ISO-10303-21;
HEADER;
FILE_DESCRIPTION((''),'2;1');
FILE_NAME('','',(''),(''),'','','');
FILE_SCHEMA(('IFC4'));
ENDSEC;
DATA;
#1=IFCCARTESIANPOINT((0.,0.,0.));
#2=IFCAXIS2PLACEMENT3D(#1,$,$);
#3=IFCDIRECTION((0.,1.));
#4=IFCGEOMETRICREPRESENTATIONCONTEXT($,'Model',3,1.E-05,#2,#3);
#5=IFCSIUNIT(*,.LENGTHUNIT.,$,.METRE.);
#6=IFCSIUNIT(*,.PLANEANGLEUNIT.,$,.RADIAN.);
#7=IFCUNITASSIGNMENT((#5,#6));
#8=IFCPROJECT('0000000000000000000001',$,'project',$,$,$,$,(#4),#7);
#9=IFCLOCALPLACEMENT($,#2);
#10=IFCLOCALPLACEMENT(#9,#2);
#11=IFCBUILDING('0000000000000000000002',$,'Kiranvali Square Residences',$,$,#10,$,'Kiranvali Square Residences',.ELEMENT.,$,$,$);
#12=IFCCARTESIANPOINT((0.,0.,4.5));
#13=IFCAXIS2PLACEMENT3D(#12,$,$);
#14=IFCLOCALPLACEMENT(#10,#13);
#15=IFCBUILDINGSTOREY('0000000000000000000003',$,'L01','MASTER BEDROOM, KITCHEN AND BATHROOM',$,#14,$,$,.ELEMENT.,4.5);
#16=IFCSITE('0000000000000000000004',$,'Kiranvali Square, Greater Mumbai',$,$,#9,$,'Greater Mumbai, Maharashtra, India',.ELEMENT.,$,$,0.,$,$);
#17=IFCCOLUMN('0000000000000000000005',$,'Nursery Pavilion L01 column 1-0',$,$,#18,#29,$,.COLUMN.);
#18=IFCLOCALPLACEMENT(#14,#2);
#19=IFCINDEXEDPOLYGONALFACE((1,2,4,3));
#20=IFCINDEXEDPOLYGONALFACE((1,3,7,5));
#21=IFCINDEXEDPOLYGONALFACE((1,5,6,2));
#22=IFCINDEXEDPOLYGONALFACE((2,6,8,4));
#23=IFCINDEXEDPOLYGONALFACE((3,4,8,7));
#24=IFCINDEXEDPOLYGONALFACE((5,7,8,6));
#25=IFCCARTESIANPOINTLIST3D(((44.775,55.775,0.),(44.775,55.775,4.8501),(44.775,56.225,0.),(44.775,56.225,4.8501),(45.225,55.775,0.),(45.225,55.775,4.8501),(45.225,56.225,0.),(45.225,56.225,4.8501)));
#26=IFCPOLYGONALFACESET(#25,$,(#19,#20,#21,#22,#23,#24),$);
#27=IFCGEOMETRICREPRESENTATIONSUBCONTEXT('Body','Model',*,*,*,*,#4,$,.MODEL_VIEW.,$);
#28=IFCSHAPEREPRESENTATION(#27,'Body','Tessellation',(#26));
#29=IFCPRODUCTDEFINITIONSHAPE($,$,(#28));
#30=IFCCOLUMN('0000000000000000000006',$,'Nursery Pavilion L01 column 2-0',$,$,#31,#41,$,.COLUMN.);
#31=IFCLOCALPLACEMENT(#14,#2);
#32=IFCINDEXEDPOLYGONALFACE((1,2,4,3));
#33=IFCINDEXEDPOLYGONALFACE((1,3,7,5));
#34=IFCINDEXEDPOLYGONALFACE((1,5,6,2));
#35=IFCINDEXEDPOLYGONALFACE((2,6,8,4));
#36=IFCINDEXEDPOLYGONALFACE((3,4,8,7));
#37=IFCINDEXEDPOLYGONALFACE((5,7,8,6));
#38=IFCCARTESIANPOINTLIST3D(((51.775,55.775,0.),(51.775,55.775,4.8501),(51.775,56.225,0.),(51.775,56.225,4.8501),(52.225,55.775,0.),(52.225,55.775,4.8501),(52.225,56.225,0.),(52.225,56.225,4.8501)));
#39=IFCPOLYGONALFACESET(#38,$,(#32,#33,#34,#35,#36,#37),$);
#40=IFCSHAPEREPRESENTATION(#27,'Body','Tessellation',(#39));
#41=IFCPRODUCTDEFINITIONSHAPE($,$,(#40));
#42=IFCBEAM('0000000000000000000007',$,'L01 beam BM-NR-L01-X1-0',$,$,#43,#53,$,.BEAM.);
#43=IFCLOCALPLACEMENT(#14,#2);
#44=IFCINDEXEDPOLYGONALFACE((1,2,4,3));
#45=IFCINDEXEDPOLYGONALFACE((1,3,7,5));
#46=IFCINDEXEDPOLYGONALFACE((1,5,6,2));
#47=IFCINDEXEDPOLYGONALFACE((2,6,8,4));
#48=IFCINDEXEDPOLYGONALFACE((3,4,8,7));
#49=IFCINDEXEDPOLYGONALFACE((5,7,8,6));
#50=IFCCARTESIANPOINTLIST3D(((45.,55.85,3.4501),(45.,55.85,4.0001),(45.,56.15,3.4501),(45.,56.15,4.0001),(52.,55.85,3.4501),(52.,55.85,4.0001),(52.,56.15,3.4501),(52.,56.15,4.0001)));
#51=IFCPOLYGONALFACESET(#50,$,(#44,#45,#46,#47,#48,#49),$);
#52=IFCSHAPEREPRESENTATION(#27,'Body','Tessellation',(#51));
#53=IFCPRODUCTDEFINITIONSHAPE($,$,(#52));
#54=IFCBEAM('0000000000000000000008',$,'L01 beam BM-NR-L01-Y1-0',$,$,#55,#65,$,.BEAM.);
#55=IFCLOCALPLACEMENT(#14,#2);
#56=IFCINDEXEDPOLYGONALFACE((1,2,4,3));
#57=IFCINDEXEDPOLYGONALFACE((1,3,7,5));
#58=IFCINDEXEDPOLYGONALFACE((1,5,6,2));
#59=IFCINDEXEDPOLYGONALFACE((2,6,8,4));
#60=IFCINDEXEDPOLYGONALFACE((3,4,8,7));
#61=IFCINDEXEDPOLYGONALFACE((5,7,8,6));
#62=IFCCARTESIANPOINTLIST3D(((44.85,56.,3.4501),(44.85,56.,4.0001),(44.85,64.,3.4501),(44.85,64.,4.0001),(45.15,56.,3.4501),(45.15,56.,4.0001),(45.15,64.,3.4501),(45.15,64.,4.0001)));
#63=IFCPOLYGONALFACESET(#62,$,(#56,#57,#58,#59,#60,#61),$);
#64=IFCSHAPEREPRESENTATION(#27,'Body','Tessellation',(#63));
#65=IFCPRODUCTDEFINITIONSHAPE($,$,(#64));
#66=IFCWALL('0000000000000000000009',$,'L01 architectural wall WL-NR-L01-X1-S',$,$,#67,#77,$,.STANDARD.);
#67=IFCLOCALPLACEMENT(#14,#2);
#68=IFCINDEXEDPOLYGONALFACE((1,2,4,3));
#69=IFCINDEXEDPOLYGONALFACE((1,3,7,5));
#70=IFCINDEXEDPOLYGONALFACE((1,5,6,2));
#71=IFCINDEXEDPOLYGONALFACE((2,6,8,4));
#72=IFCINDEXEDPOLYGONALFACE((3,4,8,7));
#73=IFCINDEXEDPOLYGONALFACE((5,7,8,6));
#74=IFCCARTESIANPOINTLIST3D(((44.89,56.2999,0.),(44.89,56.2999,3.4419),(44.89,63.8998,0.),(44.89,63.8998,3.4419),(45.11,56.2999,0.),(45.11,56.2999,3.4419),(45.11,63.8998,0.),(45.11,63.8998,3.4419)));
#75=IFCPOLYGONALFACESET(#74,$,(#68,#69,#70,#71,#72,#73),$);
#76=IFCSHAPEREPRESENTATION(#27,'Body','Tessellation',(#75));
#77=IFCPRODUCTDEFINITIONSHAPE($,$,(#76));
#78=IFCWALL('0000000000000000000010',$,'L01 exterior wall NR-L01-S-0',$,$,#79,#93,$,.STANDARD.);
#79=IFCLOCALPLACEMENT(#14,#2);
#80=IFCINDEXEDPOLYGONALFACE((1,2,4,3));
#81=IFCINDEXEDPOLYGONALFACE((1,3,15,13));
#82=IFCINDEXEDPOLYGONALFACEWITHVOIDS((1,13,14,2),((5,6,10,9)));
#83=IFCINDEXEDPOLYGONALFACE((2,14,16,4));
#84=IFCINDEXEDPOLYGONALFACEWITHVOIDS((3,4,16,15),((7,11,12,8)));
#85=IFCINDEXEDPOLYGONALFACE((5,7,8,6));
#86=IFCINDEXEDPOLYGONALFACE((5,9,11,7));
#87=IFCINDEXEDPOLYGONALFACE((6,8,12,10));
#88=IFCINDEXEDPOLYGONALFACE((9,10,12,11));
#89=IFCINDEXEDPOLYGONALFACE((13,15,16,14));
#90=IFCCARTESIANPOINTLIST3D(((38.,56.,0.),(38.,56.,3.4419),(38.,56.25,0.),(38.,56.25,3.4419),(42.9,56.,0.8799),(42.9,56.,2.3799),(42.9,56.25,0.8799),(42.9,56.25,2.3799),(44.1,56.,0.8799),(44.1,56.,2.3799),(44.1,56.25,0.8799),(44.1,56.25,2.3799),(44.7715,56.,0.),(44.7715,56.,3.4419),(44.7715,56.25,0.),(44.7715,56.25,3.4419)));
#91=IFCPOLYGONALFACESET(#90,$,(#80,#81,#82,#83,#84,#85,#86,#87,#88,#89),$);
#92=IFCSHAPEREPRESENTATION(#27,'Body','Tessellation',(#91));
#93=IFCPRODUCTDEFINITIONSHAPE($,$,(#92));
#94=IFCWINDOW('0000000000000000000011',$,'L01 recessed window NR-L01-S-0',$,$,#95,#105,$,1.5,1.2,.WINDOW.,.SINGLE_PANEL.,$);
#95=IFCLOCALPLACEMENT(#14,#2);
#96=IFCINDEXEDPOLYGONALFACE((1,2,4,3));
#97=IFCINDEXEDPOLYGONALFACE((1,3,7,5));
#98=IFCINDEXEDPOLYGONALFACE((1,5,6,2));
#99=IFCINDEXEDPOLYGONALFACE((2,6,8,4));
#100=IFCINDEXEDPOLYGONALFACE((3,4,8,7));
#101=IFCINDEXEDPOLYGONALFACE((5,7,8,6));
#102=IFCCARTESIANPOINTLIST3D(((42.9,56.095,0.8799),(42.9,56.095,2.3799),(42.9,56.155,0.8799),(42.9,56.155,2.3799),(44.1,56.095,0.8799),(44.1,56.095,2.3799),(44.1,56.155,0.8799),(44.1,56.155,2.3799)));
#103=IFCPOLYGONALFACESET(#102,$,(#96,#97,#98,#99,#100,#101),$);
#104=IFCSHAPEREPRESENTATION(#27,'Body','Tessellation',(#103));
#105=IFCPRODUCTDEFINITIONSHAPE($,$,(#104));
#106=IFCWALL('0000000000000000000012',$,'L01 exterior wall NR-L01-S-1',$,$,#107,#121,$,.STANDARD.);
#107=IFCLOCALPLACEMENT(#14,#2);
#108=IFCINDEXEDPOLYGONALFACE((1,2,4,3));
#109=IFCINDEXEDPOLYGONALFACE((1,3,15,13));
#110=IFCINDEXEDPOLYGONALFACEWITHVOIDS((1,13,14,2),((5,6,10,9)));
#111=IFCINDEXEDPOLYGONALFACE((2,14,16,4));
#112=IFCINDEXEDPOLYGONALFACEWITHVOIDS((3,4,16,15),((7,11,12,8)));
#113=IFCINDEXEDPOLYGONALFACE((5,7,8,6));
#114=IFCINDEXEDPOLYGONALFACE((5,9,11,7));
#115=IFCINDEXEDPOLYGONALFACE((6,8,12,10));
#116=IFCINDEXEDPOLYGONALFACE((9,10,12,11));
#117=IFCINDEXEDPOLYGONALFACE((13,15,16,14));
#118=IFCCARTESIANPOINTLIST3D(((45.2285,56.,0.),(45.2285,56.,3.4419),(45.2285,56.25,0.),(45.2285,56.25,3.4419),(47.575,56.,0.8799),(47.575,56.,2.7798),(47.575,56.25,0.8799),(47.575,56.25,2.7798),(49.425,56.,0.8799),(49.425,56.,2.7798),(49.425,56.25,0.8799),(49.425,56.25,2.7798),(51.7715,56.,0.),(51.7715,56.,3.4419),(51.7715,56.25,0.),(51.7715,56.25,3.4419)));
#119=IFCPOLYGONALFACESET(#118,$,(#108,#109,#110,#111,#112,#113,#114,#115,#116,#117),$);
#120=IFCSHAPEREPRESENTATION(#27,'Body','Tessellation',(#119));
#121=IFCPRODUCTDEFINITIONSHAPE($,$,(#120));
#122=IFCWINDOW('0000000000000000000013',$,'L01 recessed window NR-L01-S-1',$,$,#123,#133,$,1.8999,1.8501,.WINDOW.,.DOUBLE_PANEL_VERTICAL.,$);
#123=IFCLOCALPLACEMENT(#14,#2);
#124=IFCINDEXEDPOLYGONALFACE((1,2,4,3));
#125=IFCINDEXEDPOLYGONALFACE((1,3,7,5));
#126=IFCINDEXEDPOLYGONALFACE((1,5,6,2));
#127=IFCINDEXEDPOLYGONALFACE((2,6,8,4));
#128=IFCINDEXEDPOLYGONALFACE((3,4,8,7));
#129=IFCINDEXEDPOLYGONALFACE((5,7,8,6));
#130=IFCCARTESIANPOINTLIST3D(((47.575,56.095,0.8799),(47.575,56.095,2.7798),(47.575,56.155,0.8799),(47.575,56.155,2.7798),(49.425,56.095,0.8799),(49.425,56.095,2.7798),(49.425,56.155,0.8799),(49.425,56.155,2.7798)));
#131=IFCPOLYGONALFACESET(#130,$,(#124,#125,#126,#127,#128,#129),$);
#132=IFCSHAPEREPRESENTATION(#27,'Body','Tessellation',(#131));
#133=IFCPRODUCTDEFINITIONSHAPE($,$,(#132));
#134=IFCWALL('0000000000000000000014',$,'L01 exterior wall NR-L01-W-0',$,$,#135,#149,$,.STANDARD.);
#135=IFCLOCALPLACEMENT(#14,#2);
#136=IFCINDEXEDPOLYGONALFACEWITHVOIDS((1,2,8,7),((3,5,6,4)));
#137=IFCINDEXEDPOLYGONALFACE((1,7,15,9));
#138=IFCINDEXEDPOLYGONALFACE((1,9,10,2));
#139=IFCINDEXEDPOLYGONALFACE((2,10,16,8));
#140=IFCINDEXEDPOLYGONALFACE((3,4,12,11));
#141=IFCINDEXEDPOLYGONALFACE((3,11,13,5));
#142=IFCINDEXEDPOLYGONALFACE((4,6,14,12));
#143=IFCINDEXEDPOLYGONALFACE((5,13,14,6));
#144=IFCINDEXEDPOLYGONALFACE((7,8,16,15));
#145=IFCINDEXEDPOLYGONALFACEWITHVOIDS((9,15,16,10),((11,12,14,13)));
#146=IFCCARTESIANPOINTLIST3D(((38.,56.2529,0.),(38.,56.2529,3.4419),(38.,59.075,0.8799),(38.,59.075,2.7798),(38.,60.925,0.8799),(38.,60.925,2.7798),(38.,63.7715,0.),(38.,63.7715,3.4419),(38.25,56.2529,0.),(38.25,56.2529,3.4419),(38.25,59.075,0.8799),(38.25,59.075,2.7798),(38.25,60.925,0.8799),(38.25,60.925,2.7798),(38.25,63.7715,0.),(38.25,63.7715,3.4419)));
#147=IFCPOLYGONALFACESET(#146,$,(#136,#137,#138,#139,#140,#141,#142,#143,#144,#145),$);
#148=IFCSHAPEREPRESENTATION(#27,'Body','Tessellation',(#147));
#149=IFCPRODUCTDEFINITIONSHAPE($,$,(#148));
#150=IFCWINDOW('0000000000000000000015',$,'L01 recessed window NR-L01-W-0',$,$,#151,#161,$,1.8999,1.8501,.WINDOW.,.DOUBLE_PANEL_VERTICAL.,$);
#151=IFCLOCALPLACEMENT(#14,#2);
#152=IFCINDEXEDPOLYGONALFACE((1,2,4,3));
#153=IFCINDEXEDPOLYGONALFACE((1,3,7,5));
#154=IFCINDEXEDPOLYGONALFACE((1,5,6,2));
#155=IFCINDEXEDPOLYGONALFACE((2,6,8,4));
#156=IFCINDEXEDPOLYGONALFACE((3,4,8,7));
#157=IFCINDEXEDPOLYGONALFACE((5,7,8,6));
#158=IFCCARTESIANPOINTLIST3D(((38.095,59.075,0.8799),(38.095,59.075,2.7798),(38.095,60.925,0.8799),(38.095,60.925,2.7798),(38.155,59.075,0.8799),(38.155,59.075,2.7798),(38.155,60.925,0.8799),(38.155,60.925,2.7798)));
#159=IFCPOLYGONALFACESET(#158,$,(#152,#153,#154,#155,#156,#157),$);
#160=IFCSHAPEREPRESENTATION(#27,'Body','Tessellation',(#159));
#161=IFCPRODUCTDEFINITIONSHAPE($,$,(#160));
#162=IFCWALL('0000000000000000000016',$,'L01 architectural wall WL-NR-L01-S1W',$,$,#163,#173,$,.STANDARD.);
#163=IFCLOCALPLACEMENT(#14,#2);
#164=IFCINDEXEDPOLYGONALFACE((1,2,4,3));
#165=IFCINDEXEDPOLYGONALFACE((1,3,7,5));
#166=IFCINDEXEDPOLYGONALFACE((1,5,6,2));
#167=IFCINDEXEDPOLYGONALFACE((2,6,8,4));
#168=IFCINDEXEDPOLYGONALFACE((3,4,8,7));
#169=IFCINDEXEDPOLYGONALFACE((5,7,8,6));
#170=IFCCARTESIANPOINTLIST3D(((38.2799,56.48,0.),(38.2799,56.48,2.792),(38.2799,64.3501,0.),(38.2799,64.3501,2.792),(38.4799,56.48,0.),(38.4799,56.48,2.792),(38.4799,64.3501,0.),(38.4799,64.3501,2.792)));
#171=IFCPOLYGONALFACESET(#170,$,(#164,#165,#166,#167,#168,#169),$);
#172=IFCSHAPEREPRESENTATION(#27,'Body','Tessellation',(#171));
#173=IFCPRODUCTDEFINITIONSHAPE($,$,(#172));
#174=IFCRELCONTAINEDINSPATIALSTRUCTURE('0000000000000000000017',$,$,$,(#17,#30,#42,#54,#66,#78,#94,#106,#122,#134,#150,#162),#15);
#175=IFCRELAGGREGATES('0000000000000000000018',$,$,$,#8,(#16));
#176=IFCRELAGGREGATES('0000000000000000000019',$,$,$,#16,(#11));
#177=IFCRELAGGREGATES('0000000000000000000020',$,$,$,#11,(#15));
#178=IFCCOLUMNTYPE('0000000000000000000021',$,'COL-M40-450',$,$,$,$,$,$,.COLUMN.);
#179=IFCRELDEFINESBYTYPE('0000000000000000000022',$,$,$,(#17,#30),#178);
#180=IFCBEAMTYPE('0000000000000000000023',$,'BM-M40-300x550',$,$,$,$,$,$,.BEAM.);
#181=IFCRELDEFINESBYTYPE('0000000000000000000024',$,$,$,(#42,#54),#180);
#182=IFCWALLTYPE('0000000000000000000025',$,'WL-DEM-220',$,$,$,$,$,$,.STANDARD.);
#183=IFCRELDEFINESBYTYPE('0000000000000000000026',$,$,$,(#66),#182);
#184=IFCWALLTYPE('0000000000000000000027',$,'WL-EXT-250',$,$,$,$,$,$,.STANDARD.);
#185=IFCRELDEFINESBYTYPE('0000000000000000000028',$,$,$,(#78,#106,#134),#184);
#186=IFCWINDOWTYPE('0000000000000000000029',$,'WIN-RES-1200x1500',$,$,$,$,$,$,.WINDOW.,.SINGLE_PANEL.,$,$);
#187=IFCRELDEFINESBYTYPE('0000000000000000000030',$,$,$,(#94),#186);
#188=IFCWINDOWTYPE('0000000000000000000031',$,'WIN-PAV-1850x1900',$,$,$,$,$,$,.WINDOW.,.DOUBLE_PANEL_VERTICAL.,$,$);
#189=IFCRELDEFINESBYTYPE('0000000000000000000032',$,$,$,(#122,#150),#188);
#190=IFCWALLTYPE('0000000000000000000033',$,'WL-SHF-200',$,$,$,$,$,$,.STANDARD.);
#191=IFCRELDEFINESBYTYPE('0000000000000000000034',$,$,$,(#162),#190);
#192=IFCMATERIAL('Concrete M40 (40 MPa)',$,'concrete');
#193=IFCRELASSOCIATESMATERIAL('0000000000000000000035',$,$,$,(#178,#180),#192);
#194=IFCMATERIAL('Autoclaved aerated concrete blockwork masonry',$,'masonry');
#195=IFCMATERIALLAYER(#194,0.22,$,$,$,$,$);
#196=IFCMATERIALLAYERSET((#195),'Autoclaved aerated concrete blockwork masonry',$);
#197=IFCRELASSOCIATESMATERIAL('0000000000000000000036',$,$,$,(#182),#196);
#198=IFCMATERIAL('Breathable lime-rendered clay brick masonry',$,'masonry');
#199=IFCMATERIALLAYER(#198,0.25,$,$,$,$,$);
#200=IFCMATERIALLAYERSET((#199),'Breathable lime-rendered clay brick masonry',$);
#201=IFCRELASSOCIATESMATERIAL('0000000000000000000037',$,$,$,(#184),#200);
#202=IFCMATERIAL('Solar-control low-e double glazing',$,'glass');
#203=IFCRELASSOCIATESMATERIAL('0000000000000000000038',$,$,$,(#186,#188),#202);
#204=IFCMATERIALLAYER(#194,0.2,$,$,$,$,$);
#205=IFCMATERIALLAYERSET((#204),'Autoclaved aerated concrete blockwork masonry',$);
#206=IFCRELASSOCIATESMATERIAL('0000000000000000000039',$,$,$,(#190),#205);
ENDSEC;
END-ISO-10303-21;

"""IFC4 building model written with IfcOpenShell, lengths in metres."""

from ifc_helpers import new_model, si_unit, direction, frame, frame_2d, origin, origin_2d, place, context, subcontext, project, spatial, rectangle, extrude, material, layer, layer_set, material_profile, profile_set, type_object, element, fill, save


model = new_model("IFC4")

# Units and contexts
model_context = context("Model", 3, precision=1e-05, world=origin(), true_north=direction((0.0, 1.0)))
body_context = subcontext(model_context, "Body", "Model", "MODEL_VIEW")
ifc_project = project(units=[si_unit("LENGTHUNIT", "METRE"), si_unit("PLANEANGLEUNIT", "RADIAN")], contexts=[model_context])

# Site, building, storey
site_placement = place(None, origin())
site = spatial("IfcSite", under=ifc_project, at=site_placement, Name="Kiranvali Square, Greater Mumbai", LongName="Greater Mumbai, Maharashtra, India", CompositionType="ELEMENT", RefElevation=0.0)
building_placement = place(site_placement, origin())
building = spatial("IfcBuilding", under=site, at=building_placement, Name="Kiranvali Square Residences", LongName="Kiranvali Square Residences", CompositionType="ELEMENT")
storey_placement = place(building_placement, frame((0.0, 0.0, 4.5)))
storey = spatial("IfcBuildingStorey", under=building, at=storey_placement, Name="L01", Description="MASTER BEDROOM, KITCHEN AND BATHROOM", CompositionType="ELEMENT", Elevation=4.5)

# Columns
ifc_material_1 = material(Name="Concrete M40 (40 MPa)", Category="concrete")
ifc_material_profile_1 = material_profile(ifc_material_1, rectangle(XDim=0.45, YDim=0.45, at=origin_2d()), Name="RC 450x450")
ifc_profile_set_1 = profile_set([ifc_material_profile_1], Name="Concrete M40 (40 MPa)")
column_type = type_object("IfcColumnType", Name="COL-M40-450", PredefinedType="COLUMN", material=ifc_profile_set_1)
for number, where, z_axis, x_axis, name in (
    (1, (45.0, 56.0, 0.0), (0.0, 0.0, 1.0), (1.0, 0.0, 0.0), "Nursery Pavilion L01 column 1-0"),
    (2, (52.0, 56.0, 0.0), (0.0, 0.0, 1.0), (1.0, 0.0, 0.0), "Nursery Pavilion L01 column 2-0"),
):
    element("IfcColumn", number, at=place(storey_placement, frame(where, z_axis=z_axis, x_axis=x_axis)), inside=storey, type_object=column_type, Name=name, PredefinedType="COLUMN", context=body_context, shape_type="SweptSolid", body=[
        extrude(rectangle(XDim=0.45, YDim=0.45, at=origin_2d()), origin(), (0.0, 0.0, 1.0), 4.8501),
    ])

# Beams
ifc_material_profile_2 = material_profile(ifc_material_1, rectangle(XDim=0.3, YDim=0.55, at=origin_2d()), Name="RC 300x550")
ifc_profile_set_2 = profile_set([ifc_material_profile_2], Name="Concrete M40 (40 MPa)")
beam_type = type_object("IfcBeamType", Name="BM-M40-300x550", PredefinedType="BEAM", material=ifc_profile_set_2)
beam_1_placement = place(storey_placement, frame((45.0, 56.0, 3.7251), z_axis=(1.0, 0.0, 0.0), x_axis=(0.0, 1.0, 0.0)))
element("IfcBeam", 3, at=beam_1_placement, inside=storey, type_object=beam_type, Name="L01 beam BM-NR-L01-X1-0", PredefinedType="BEAM", context=body_context, shape_type="SweptSolid", body=[
    extrude(rectangle(XDim=0.3, YDim=0.55, at=origin_2d()), origin(), (0.0, 0.0, 1.0), 7.0),
])
beam_2_placement = place(storey_placement, frame((45.0, 56.0, 3.7251), z_axis=(0.0, 1.0, 0.0), x_axis=(-1.0, 0.0, 0.0)))
element("IfcBeam", 4, at=beam_2_placement, inside=storey, type_object=beam_type, Name="L01 beam BM-NR-L01-Y1-0", PredefinedType="BEAM", context=body_context, shape_type="SweptSolid", body=[
    extrude(rectangle(XDim=0.3, YDim=0.55, at=origin_2d()), origin(), (0.0, 0.0, 1.0), 8.0),
])

# Wall
ifc_material_2 = material(Name="Autoclaved aerated concrete blockwork masonry", Category="masonry")
ifc_layer_1 = layer(ifc_material_2, 0.22)
ifc_layer_set_1 = layer_set([ifc_layer_1], Name="Autoclaved aerated concrete blockwork masonry")
wall_type_1 = type_object("IfcWallType", Name="WL-DEM-220", PredefinedType="STANDARD", material=ifc_layer_set_1)
wall_1_placement = place(storey_placement, frame((45.0, 56.3, 0.0), z_axis=(0.0, 0.0, 1.0), x_axis=(0.0, 1.0, 0.0)))
element("IfcWall", 5, at=wall_1_placement, inside=storey, type_object=wall_type_1, Name="L01 architectural wall WL-NR-L01-X1-S", PredefinedType="STANDARD", context=body_context, shape_type="SweptSolid", body=[
    extrude(rectangle(XDim=7.5999, YDim=0.22, at=frame_2d((3.7998, 0.0))), origin(), (0.0, 0.0, 1.0), 3.4419),
])

# Walls, openings, windows
ifc_material_3 = material(Name="Breathable lime-rendered clay brick masonry", Category="masonry")
ifc_layer_2 = layer(ifc_material_3, 0.25)
ifc_layer_set_2 = layer_set([ifc_layer_2], Name="Breathable lime-rendered clay brick masonry")
wall_type_2 = type_object("IfcWallType", Name="WL-EXT-250", PredefinedType="STANDARD", material=ifc_layer_set_2)
wall_2_placement = place(storey_placement, frame((38.0, 56.125, 0.0), z_axis=(0.0, 0.0, 1.0), x_axis=(1.0, 0.0, 0.0)))
wall_2 = element("IfcWall", 6, at=wall_2_placement, inside=storey, type_object=wall_type_2, Name="L01 exterior wall NR-L01-S-0", PredefinedType="STANDARD", context=body_context, shape_type="SweptSolid", body=[
    extrude(rectangle(XDim=6.7715, YDim=0.25, at=frame_2d((3.3857, 0.0))), origin(), (0.0, 0.0, 1.0), 3.4419),
])
opening_1_placement = place(wall_2_placement, frame((4.8999, 0.0, 0.8799)))
opening_1 = element("IfcOpeningElement", 7, at=opening_1_placement, cuts=wall_2, PredefinedType="OPENING", context=body_context, shape_type="SweptSolid", body=[
    extrude(rectangle(XDim=1.2, YDim=1.5, at=frame_2d((0.6001, 0.75))), frame((0.0, 0.135, 0.0), z_axis=(0.0, -1.0, 0.0), x_axis=(1.0, 0.0, 0.0)), (0.0, 0.0, 1.0), 0.27),
])
ifc_material_4 = material(Name="Solar-control low-e double glazing", Category="glass")
window_type_1 = type_object("IfcWindowType", Name="WIN-RES-1200x1500", PartitioningType="SINGLE_PANEL", PredefinedType="WINDOW", material=ifc_material_4)
window_1_placement = place(opening_1_placement, origin())
window_1 = element("IfcWindow", 8, at=window_1_placement, inside=storey, type_object=window_type_1, Name="L01 recessed window NR-L01-S-0", OverallHeight=1.5, OverallWidth=1.2, PartitioningType="SINGLE_PANEL", PredefinedType="WINDOW", context=body_context, shape_type="SweptSolid", body=[
    extrude(rectangle(XDim=1.2, YDim=1.5, at=frame_2d((0.6001, 0.75))), frame((0.0, 0.03, 0.0), z_axis=(0.0, -1.0, 0.0), x_axis=(1.0, 0.0, 0.0)), (0.0, 0.0, 1.0), 0.0601),
])
fill(opening_1, window_1)
wall_3_placement = place(storey_placement, frame((45.2285, 56.125, 0.0), z_axis=(0.0, 0.0, 1.0), x_axis=(1.0, 0.0, 0.0)))
wall_3 = element("IfcWall", 9, at=wall_3_placement, inside=storey, type_object=wall_type_2, Name="L01 exterior wall NR-L01-S-1", PredefinedType="STANDARD", context=body_context, shape_type="SweptSolid", body=[
    extrude(rectangle(XDim=6.543, YDim=0.25, at=frame_2d((3.2715, 0.0))), origin(), (0.0, 0.0, 1.0), 3.4419),
])
opening_2_placement = place(wall_3_placement, frame((2.3464, 0.0, 0.8799)))
opening_2 = element("IfcOpeningElement", 10, at=opening_2_placement, cuts=wall_3, PredefinedType="OPENING", context=body_context, shape_type="SweptSolid", body=[
    extrude(rectangle(XDim=1.8501, YDim=1.8999, at=frame_2d((0.925, 0.95))), frame((0.0, 0.135, 0.0), z_axis=(0.0, -1.0, 0.0), x_axis=(1.0, 0.0, 0.0)), (0.0, 0.0, 1.0), 0.27),
])
window_type_2 = type_object("IfcWindowType", Name="WIN-PAV-1850x1900", PartitioningType="DOUBLE_PANEL_VERTICAL", PredefinedType="WINDOW", material=ifc_material_4)
window_2_placement = place(opening_2_placement, origin())
window_2 = element("IfcWindow", 11, at=window_2_placement, inside=storey, type_object=window_type_2, Name="L01 recessed window NR-L01-S-1", OverallHeight=1.8999, OverallWidth=1.8501, PartitioningType="DOUBLE_PANEL_VERTICAL", PredefinedType="WINDOW", context=body_context, shape_type="SweptSolid", body=[
    extrude(rectangle(XDim=1.8501, YDim=1.8999, at=frame_2d((0.925, 0.95))), frame((0.0, 0.03, 0.0), z_axis=(0.0, -1.0, 0.0), x_axis=(1.0, 0.0, 0.0)), (0.0, 0.0, 1.0), 0.0601),
])
fill(opening_2, window_2)
wall_4_placement = place(storey_placement, frame((38.125, 56.2529, 0.0), z_axis=(0.0, 0.0, 1.0), x_axis=(0.0, 1.0, 0.0)))
wall_4 = element("IfcWall", 12, at=wall_4_placement, inside=storey, type_object=wall_type_2, Name="L01 exterior wall NR-L01-W-0", PredefinedType="STANDARD", context=body_context, shape_type="SweptSolid", body=[
    extrude(rectangle(XDim=7.5186, YDim=0.25, at=frame_2d((3.7593, 0.0))), origin(), (0.0, 0.0, 1.0), 3.4419),
])
opening_3_placement = place(wall_4_placement, frame((2.822, 0.0, 0.8799)))
opening_3 = element("IfcOpeningElement", 13, at=opening_3_placement, cuts=wall_4, PredefinedType="OPENING", context=body_context, shape_type="SweptSolid", body=[
    extrude(rectangle(XDim=1.8501, YDim=1.8999, at=frame_2d((0.925, 0.95))), frame((0.0, 0.135, 0.0), z_axis=(0.0, -1.0, 0.0), x_axis=(1.0, 0.0, 0.0)), (0.0, 0.0, 1.0), 0.27),
])
window_3_placement = place(opening_3_placement, origin())
window_3 = element("IfcWindow", 14, at=window_3_placement, inside=storey, type_object=window_type_2, Name="L01 recessed window NR-L01-W-0", OverallHeight=1.8999, OverallWidth=1.8501, PartitioningType="DOUBLE_PANEL_VERTICAL", PredefinedType="WINDOW", context=body_context, shape_type="SweptSolid", body=[
    extrude(rectangle(XDim=1.8501, YDim=1.8999, at=frame_2d((0.925, 0.95))), frame((0.0, 0.03, 0.0), z_axis=(0.0, -1.0, 0.0), x_axis=(1.0, 0.0, 0.0)), (0.0, 0.0, 1.0), 0.0601),
])
fill(opening_3, window_3)

# Wall
ifc_layer_3 = layer(ifc_material_2, 0.2)
ifc_layer_set_3 = layer_set([ifc_layer_3], Name="Autoclaved aerated concrete blockwork masonry")
wall_type_3 = type_object("IfcWallType", Name="WL-SHF-200", PredefinedType="STANDARD", material=ifc_layer_set_3)
wall_5_placement = place(storey_placement, frame((38.3799, 56.48, 0.0), z_axis=(0.0, 0.0, 1.0), x_axis=(0.0, 1.0, 0.0)))
element("IfcWall", 15, at=wall_5_placement, inside=storey, type_object=wall_type_3, Name="L01 architectural wall WL-NR-L01-S1W", PredefinedType="STANDARD", context=body_context, shape_type="SweptSolid", body=[
    extrude(rectangle(XDim=7.8701, YDim=0.2, at=frame_2d((3.9351, 0.0))), origin(), (0.0, 0.0, 1.0), 2.792),
])

save(model, "model.ifc")
